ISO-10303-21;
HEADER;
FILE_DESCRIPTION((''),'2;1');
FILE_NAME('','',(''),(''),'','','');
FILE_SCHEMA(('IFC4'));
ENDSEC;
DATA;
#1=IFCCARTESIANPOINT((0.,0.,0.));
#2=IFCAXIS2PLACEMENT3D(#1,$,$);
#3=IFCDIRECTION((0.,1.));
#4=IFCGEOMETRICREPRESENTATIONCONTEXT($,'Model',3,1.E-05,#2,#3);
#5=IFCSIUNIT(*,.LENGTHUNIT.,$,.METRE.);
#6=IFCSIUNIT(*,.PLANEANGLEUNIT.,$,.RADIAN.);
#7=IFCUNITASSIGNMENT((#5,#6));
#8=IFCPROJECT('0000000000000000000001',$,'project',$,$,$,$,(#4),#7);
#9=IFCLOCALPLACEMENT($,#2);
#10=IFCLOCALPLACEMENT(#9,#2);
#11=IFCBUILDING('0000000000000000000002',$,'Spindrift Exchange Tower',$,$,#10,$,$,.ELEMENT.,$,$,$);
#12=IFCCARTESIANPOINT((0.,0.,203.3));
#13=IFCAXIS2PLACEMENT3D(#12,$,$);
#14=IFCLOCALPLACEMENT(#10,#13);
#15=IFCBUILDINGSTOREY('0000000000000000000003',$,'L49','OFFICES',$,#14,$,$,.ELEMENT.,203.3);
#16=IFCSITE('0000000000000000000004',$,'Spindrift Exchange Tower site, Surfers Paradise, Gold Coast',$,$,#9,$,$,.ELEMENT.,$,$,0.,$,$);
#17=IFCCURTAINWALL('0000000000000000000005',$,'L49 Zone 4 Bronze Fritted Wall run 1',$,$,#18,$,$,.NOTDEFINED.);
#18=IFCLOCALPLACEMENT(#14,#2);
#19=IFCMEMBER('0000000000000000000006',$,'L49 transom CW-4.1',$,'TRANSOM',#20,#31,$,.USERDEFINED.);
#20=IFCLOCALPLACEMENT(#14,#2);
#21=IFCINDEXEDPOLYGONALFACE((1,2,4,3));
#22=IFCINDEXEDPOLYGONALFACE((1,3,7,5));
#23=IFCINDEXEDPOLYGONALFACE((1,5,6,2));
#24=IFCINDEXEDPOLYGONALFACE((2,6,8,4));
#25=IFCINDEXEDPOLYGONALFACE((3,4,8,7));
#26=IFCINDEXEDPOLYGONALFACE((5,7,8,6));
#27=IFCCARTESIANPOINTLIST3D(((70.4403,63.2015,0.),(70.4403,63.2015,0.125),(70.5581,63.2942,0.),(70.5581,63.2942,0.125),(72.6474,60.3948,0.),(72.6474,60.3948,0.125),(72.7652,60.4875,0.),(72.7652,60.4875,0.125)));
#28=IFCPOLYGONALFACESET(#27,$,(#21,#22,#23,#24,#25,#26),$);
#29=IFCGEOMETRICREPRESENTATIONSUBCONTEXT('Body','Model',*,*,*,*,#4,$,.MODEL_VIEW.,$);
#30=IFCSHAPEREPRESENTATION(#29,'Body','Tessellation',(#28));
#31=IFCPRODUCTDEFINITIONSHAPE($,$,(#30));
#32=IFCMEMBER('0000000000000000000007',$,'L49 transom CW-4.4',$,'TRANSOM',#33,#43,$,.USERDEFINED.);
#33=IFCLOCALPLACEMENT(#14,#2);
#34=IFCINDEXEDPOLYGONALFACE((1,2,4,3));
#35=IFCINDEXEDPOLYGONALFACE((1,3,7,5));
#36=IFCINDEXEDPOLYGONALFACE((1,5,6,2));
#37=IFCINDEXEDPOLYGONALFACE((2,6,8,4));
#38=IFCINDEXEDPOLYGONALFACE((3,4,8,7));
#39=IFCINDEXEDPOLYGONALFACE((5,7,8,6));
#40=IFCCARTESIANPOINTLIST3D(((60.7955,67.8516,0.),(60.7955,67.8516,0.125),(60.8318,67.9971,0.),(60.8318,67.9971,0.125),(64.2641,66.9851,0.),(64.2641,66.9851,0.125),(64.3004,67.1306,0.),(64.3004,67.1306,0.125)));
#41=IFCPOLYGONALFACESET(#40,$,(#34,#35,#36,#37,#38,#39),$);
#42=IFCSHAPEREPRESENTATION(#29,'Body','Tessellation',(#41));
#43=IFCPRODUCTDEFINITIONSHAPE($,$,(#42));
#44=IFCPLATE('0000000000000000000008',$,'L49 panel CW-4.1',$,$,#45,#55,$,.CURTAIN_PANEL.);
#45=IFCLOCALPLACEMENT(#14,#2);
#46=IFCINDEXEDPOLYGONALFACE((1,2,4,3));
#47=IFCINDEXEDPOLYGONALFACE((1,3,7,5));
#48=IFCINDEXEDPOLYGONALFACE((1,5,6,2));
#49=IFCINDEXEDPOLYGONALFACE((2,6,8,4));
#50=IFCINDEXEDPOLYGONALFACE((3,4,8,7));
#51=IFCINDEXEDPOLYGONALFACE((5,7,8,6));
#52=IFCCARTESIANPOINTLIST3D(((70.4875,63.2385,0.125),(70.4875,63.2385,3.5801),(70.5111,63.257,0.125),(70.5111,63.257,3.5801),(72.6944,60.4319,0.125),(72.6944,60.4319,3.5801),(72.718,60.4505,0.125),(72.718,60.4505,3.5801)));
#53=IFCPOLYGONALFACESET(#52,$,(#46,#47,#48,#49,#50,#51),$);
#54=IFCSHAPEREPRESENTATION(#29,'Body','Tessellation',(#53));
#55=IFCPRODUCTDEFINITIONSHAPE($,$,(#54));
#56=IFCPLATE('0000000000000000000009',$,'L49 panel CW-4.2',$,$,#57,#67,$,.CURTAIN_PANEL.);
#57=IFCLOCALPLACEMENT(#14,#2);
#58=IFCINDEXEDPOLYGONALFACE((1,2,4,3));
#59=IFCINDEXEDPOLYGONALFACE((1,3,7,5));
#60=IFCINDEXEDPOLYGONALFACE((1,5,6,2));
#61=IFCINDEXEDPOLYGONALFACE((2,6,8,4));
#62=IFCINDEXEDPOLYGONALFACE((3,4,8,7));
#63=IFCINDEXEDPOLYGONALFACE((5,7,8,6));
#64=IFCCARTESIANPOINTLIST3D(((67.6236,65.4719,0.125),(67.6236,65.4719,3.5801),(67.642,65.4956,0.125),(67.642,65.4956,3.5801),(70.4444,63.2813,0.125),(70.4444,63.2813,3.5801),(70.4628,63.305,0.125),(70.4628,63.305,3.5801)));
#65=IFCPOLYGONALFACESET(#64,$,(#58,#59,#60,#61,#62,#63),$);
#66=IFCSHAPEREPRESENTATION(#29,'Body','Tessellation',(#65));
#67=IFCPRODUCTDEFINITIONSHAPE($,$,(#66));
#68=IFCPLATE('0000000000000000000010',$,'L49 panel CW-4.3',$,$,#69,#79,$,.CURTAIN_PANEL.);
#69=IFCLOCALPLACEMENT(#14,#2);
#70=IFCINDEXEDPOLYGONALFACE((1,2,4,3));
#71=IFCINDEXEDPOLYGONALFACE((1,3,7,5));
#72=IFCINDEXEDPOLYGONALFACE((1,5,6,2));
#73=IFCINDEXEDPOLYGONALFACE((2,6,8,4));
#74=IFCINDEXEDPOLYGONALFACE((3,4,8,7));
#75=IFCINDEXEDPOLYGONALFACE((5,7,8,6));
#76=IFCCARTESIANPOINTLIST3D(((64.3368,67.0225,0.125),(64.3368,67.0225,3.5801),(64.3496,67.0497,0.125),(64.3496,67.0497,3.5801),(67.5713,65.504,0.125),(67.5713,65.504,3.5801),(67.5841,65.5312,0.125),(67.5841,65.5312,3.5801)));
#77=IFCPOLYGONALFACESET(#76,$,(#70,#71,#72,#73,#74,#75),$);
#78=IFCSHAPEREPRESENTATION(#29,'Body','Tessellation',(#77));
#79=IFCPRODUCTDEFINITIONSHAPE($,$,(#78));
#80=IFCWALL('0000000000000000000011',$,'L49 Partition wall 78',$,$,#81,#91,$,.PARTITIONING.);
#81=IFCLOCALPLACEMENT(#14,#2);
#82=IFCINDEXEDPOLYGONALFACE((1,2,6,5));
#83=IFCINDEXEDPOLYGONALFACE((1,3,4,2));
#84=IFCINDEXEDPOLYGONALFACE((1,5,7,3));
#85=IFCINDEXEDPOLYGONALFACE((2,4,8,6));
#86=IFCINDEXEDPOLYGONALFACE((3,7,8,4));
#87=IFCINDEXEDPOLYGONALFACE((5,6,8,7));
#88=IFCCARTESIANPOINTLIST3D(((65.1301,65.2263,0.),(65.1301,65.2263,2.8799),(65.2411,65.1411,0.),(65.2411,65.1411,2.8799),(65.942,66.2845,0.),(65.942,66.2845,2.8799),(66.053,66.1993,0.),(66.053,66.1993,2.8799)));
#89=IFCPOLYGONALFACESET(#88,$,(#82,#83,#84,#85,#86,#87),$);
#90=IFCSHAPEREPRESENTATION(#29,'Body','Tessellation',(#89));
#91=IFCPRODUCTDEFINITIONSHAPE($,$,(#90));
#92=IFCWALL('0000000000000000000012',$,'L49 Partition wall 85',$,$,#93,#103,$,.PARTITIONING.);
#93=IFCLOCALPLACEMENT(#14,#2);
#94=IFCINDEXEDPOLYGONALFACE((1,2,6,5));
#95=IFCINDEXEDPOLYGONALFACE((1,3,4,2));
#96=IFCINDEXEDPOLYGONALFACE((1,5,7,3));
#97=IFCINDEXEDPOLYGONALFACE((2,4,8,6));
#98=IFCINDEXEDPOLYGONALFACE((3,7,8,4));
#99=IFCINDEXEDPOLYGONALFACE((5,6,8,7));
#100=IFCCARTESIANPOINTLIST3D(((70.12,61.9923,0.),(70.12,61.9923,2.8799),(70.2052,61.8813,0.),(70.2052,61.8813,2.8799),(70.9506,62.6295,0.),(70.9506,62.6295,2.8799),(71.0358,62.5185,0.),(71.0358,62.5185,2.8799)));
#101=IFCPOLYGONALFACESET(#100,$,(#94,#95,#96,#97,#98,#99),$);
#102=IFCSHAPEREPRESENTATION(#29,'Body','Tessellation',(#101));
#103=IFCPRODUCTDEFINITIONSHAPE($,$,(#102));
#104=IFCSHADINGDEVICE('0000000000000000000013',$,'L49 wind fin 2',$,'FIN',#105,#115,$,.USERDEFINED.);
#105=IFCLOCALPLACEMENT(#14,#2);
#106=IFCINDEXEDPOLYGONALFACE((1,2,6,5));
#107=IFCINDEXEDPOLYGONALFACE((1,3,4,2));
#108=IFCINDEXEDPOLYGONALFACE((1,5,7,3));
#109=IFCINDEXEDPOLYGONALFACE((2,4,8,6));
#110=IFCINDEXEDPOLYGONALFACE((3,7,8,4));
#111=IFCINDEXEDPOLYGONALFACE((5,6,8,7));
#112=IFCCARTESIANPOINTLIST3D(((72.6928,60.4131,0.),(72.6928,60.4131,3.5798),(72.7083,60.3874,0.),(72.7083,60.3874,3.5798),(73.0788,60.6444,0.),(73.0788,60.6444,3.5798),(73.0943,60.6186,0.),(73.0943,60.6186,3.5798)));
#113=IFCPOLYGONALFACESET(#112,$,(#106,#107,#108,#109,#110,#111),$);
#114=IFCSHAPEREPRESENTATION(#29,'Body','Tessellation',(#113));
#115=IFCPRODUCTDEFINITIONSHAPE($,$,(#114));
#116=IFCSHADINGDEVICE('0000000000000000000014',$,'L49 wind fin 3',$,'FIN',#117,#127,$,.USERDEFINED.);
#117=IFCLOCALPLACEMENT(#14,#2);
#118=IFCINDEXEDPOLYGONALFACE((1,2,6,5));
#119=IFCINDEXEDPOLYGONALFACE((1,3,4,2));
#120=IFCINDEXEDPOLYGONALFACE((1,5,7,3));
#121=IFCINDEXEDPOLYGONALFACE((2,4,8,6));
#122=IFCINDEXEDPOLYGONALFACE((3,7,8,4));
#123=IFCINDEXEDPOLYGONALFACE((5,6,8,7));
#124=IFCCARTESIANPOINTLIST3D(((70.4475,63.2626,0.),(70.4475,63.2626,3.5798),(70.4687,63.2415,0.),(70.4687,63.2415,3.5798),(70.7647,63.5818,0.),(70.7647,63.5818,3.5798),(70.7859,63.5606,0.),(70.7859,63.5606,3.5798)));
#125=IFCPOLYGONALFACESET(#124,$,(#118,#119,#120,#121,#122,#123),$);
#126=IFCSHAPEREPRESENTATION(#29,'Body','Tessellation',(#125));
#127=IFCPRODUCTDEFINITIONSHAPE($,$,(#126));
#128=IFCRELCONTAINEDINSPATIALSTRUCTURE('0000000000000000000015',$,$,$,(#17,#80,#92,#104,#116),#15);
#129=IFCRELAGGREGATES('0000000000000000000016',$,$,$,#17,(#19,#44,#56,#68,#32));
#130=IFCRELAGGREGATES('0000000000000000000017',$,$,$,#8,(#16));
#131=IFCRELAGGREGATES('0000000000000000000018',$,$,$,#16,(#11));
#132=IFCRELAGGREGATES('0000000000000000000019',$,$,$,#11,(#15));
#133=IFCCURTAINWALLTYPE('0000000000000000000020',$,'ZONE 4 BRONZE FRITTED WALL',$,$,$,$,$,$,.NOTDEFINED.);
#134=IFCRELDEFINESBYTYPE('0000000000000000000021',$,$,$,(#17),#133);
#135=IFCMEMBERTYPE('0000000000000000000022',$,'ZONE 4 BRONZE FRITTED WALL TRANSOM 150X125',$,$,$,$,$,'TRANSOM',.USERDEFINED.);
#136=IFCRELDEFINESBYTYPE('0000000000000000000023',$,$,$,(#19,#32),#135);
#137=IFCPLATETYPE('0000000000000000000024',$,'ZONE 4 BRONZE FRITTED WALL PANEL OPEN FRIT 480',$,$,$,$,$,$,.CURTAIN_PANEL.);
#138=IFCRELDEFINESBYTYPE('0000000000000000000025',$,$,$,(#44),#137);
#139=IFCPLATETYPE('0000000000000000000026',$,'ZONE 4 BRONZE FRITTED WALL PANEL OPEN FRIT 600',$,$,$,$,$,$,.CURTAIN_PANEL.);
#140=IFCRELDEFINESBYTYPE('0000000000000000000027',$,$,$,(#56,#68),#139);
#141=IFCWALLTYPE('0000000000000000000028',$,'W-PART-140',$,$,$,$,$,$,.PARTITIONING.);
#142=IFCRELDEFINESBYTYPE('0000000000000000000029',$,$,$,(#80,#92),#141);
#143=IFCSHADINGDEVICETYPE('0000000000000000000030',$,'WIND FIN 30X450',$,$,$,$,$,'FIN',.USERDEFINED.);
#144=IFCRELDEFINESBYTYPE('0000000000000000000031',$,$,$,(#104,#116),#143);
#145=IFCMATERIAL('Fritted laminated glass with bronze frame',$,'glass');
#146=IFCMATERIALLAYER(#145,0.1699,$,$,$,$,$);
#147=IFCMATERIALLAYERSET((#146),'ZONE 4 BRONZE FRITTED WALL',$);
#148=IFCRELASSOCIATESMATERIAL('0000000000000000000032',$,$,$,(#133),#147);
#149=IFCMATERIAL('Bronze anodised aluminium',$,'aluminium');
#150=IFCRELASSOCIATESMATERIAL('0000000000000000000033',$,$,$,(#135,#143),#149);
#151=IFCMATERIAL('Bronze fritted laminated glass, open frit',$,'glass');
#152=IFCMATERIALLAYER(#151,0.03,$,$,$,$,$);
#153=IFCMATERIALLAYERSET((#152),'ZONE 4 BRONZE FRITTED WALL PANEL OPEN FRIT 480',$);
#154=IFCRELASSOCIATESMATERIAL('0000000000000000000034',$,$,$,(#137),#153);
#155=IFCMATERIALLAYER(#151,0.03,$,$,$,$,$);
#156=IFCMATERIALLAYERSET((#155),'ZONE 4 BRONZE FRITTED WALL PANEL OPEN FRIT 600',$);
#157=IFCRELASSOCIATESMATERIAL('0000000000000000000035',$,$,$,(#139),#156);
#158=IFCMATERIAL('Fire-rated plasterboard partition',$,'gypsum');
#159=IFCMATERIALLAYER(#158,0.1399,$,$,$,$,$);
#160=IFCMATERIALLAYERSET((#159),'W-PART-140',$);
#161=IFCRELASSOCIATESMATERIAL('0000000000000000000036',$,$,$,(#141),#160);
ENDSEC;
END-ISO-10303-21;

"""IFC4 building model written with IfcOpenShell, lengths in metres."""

from ifc_helpers import new_model, si_unit, direction, frame, frame_2d, origin, origin_2d, place, context, subcontext, project, spatial, rectangle, extrude, source, transform, mapped, material, layer, layer_set, material_profile, profile_set, type_object, element, aggregate, save


model = new_model("IFC4")

# Units and contexts
model_context = context("Model", 3, precision=1e-05, world=origin(), true_north=direction((0.0, 1.0)))
body_context = subcontext(model_context, "Body", "Model", "MODEL_VIEW")
ifc_project = project(units=[si_unit("LENGTHUNIT", "METRE"), si_unit("PLANEANGLEUNIT", "RADIAN")], contexts=[model_context])

# Site, building, storey
site_placement = place(None, origin())
site = spatial("IfcSite", under=ifc_project, at=site_placement, Name="Spindrift Exchange Tower site, Surfers Paradise, Gold Coast", CompositionType="ELEMENT", RefElevation=0.0)
building_placement = place(site_placement, origin())
building = spatial("IfcBuilding", under=site, at=building_placement, Name="Spindrift Exchange Tower", CompositionType="ELEMENT")
storey_placement = place(building_placement, frame((0.0, 0.0, 203.3)))
storey = spatial("IfcBuildingStorey", under=building, at=storey_placement, Name="L49", Description="OFFICES", CompositionType="ELEMENT", Elevation=203.3)

# Curtain wall, members, plates
ifc_material_1 = material(Name="Fritted laminated glass with bronze frame", Category="glass")
ifc_layer_1 = layer(ifc_material_1, 0.1699)
ifc_layer_set_1 = layer_set([ifc_layer_1], Name="ZONE 4 BRONZE FRITTED WALL")
curtain_wall_type = type_object("IfcCurtainWallType", Name="ZONE 4 BRONZE FRITTED WALL", PredefinedType="NOTDEFINED", material=ifc_layer_set_1)
curtain_wall_placement = place(storey_placement, origin())
curtain_wall = element("IfcCurtainWall", 1, at=curtain_wall_placement, inside=storey, type_object=curtain_wall_type, Name="L49 Zone 4 Bronze Fritted Wall run 1", PredefinedType="NOTDEFINED")
ifc_material_2 = material(Name="Bronze anodised aluminium", Category="aluminium")
ifc_material_profile_1 = material_profile(ifc_material_2, rectangle(XDim=0.1499, YDim=0.125, at=origin_2d()), Name="ZONE 4 BRONZE FRITTED WALL TRANSOM 150X125")
ifc_profile_set_1 = profile_set([ifc_material_profile_1], Name="Bronze anodised aluminium")
member_type_1 = type_object("IfcMemberType", Name="ZONE 4 BRONZE FRITTED WALL TRANSOM 150X125", ElementType="TRANSOM", PredefinedType="USERDEFINED", material=ifc_profile_set_1)
shared_shape_1 = source(origin(), body_context, "Body", "SweptSolid", [
    extrude(rectangle(XDim=0.1499, YDim=0.125, at=origin_2d()), origin(), (0.0, 0.0, 1.0), 3.5706),
])
member_1_placement = place(storey_placement, frame((72.7063, 60.4412, 0.0625), z_axis=(-0.618136, 0.786072, 0.0), x_axis=(-0.786072, -0.618136, 0.0)))
member_1 = element("IfcMember", 2, at=member_1_placement, type_object=member_type_1, Name="L49 transom CW-4.1", ObjectType="TRANSOM", PredefinedType="USERDEFINED", context=body_context, shape_type="MappedRepresentation", body=[
    mapped(shared_shape_1, transform((0.0, 0.0, 0.0), scale=1.0)),
])
shared_shape_2 = source(origin(), body_context, "Body", "SweptSolid", [
    extrude(rectangle(XDim=0.1499, YDim=0.125, at=origin_2d()), origin(), (0.0, 0.0, 1.0), 3.5752),
])
member_2_placement = place(storey_placement, frame((64.2822, 67.0579, 0.0625), z_axis=(-0.970187, 0.242359, 0.0), x_axis=(-0.242359, -0.970187, 0.0)))
member_2 = element("IfcMember", 3, at=member_2_placement, type_object=member_type_1, Name="L49 transom CW-4.4", ObjectType="TRANSOM", PredefinedType="USERDEFINED", context=body_context, shape_type="MappedRepresentation", body=[
    mapped(shared_shape_2, transform((0.0, 0.0, 0.0), scale=1.0)),
])
ifc_material_3 = material(Name="Bronze fritted laminated glass, open frit", Category="glass")
ifc_layer_2 = layer(ifc_material_3, 0.03)
ifc_layer_set_2 = layer_set([ifc_layer_2], Name="ZONE 4 BRONZE FRITTED WALL PANEL OPEN FRIT 480")
plate_type_1 = type_object("IfcPlateType", Name="ZONE 4 BRONZE FRITTED WALL PANEL OPEN FRIT 480", PredefinedType="CURTAIN_PANEL", material=ifc_layer_set_2)
shared_shape_3 = source(origin(), body_context, "Body", "SweptSolid", [
    extrude(rectangle(XDim=3.5703, YDim=0.03, at=origin_2d()), origin(), (0.0, 0.0, 1.0), 3.4551),
])
plate_1_placement = place(storey_placement, frame((71.6028, 61.8445, 0.125), z_axis=(0.0, 0.0, 1.0), x_axis=(-0.618118, 0.786086, 0.0)))
plate_1 = element("IfcPlate", 4, at=plate_1_placement, type_object=plate_type_1, Name="L49 panel CW-4.1", PredefinedType="CURTAIN_PANEL", context=body_context, shape_type="MappedRepresentation", body=[
    mapped(shared_shape_3, transform((0.0, 0.0, 0.0), scale=1.0)),
])
ifc_layer_3 = layer(ifc_material_3, 0.03)
ifc_layer_set_3 = layer_set([ifc_layer_3], Name="ZONE 4 BRONZE FRITTED WALL PANEL OPEN FRIT 600")
plate_type_2 = type_object("IfcPlateType", Name="ZONE 4 BRONZE FRITTED WALL PANEL OPEN FRIT 600", PredefinedType="CURTAIN_PANEL", material=ifc_layer_set_3)
shared_shape_4 = source(origin(), body_context, "Body", "SweptSolid", [
    extrude(rectangle(XDim=3.5715, YDim=0.03, at=origin_2d()), origin(), (0.0, 0.0, 1.0), 3.4551),
])
plate_2_placement = place(storey_placement, frame((69.0432, 64.3884, 0.125), z_axis=(0.0, 0.0, 1.0), x_axis=(-0.789809, 0.613352, 0.0)))
plate_2 = element("IfcPlate", 5, at=plate_2_placement, type_object=plate_type_2, Name="L49 panel CW-4.2", PredefinedType="CURTAIN_PANEL", context=body_context, shape_type="MappedRepresentation", body=[
    mapped(shared_shape_4, transform((0.0, 0.0, 0.0), scale=1.0)),
])
shared_shape_5 = source(origin(), body_context, "Body", "SweptSolid", [
    extrude(rectangle(XDim=3.5732, YDim=0.03, at=origin_2d()), origin(), (0.0, 0.0, 1.0), 3.4551),
])
plate_3_placement = place(storey_placement, frame((65.9604, 66.2769, 0.125), z_axis=(0.0, 0.0, 1.0), x_axis=(-0.905203, 0.424978, 0.0)))
plate_3 = element("IfcPlate", 6, at=plate_3_placement, type_object=plate_type_2, Name="L49 panel CW-4.3", PredefinedType="CURTAIN_PANEL", context=body_context, shape_type="MappedRepresentation", body=[
    mapped(shared_shape_5, transform((0.0, 0.0, 0.0), scale=1.0)),
])
aggregate(curtain_wall, [member_1, plate_1, plate_2, plate_3, member_2])

# Walls
ifc_material_4 = material(Name="Fire-rated plasterboard partition", Category="gypsum")
ifc_layer_4 = layer(ifc_material_4, 0.1399)
ifc_layer_set_4 = layer_set([ifc_layer_4], Name="W-PART-140")
wall_type = type_object("IfcWallType", Name="W-PART-140", PredefinedType="PARTITIONING", material=ifc_layer_set_4)
wall_1_placement = place(storey_placement, frame((65.1855, 65.1836, 0.0), z_axis=(0.0, 0.0, 1.0), x_axis=(0.608693, 0.793406, 0.0)))
element("IfcWall", 7, at=wall_1_placement, inside=storey, type_object=wall_type, Name="L49 Partition wall 78", PredefinedType="PARTITIONING", context=body_context, shape_type="SweptSolid", body=[
    extrude(rectangle(XDim=1.3337, YDim=0.1399, at=frame_2d((0.667, 0.0))), origin(), (0.0, 0.0, 1.0), 2.8799),
])
wall_2_placement = place(storey_placement, frame((70.1626, 61.9368, 0.0), z_axis=(0.0, 0.0, 1.0), x_axis=(0.793404, 0.608696, 0.0)))
element("IfcWall", 8, at=wall_2_placement, inside=storey, type_object=wall_type, Name="L49 Partition wall 85", PredefinedType="PARTITIONING", context=body_context, shape_type="SweptSolid", body=[
    extrude(rectangle(XDim=1.0469, YDim=0.1399, at=frame_2d((0.5234, 0.0))), origin(), (0.0, 0.0, 1.0), 2.8799),
])

# Shading devices
ifc_material_profile_2 = material_profile(ifc_material_2, rectangle(XDim=0.03, YDim=0.45, at=origin_2d()), Name="WIND FIN 30X450")
ifc_profile_set_2 = profile_set([ifc_material_profile_2], Name="Bronze anodised aluminium")
shading_device_type = type_object("IfcShadingDeviceType", Name="WIND FIN 30X450", ElementType="FIN", PredefinedType="USERDEFINED", material=ifc_profile_set_2)
shared_shape_6 = source(origin(), body_context, "Body", "SweptSolid", [
    extrude(rectangle(XDim=0.03, YDim=0.45, at=origin_2d()), origin(), (0.0, 0.0, 1.0), 3.5798),
])
for number, where, z_axis, x_axis, name in (
    (9, (72.8936, 60.5159, 0.0), (0.0, 0.0, 1.0), (-0.513878, 0.857863, 0.0), "L49 wind fin 2"),
    (10, (70.6167, 63.4116, 0.0), (0.0, 0.0, 1.0), (-0.709242, 0.704965, 0.0), "L49 wind fin 3"),
):
    element("IfcShadingDevice", number, at=place(storey_placement, frame(where, z_axis=z_axis, x_axis=x_axis)), inside=storey, type_object=shading_device_type, Name=name, ObjectType="FIN", PredefinedType="USERDEFINED", context=body_context, shape_type="MappedRepresentation", body=[
        mapped(shared_shape_6, transform((0.0, 0.0, 0.0), scale=1.0)),
    ])

save(model, "model.ifc")
